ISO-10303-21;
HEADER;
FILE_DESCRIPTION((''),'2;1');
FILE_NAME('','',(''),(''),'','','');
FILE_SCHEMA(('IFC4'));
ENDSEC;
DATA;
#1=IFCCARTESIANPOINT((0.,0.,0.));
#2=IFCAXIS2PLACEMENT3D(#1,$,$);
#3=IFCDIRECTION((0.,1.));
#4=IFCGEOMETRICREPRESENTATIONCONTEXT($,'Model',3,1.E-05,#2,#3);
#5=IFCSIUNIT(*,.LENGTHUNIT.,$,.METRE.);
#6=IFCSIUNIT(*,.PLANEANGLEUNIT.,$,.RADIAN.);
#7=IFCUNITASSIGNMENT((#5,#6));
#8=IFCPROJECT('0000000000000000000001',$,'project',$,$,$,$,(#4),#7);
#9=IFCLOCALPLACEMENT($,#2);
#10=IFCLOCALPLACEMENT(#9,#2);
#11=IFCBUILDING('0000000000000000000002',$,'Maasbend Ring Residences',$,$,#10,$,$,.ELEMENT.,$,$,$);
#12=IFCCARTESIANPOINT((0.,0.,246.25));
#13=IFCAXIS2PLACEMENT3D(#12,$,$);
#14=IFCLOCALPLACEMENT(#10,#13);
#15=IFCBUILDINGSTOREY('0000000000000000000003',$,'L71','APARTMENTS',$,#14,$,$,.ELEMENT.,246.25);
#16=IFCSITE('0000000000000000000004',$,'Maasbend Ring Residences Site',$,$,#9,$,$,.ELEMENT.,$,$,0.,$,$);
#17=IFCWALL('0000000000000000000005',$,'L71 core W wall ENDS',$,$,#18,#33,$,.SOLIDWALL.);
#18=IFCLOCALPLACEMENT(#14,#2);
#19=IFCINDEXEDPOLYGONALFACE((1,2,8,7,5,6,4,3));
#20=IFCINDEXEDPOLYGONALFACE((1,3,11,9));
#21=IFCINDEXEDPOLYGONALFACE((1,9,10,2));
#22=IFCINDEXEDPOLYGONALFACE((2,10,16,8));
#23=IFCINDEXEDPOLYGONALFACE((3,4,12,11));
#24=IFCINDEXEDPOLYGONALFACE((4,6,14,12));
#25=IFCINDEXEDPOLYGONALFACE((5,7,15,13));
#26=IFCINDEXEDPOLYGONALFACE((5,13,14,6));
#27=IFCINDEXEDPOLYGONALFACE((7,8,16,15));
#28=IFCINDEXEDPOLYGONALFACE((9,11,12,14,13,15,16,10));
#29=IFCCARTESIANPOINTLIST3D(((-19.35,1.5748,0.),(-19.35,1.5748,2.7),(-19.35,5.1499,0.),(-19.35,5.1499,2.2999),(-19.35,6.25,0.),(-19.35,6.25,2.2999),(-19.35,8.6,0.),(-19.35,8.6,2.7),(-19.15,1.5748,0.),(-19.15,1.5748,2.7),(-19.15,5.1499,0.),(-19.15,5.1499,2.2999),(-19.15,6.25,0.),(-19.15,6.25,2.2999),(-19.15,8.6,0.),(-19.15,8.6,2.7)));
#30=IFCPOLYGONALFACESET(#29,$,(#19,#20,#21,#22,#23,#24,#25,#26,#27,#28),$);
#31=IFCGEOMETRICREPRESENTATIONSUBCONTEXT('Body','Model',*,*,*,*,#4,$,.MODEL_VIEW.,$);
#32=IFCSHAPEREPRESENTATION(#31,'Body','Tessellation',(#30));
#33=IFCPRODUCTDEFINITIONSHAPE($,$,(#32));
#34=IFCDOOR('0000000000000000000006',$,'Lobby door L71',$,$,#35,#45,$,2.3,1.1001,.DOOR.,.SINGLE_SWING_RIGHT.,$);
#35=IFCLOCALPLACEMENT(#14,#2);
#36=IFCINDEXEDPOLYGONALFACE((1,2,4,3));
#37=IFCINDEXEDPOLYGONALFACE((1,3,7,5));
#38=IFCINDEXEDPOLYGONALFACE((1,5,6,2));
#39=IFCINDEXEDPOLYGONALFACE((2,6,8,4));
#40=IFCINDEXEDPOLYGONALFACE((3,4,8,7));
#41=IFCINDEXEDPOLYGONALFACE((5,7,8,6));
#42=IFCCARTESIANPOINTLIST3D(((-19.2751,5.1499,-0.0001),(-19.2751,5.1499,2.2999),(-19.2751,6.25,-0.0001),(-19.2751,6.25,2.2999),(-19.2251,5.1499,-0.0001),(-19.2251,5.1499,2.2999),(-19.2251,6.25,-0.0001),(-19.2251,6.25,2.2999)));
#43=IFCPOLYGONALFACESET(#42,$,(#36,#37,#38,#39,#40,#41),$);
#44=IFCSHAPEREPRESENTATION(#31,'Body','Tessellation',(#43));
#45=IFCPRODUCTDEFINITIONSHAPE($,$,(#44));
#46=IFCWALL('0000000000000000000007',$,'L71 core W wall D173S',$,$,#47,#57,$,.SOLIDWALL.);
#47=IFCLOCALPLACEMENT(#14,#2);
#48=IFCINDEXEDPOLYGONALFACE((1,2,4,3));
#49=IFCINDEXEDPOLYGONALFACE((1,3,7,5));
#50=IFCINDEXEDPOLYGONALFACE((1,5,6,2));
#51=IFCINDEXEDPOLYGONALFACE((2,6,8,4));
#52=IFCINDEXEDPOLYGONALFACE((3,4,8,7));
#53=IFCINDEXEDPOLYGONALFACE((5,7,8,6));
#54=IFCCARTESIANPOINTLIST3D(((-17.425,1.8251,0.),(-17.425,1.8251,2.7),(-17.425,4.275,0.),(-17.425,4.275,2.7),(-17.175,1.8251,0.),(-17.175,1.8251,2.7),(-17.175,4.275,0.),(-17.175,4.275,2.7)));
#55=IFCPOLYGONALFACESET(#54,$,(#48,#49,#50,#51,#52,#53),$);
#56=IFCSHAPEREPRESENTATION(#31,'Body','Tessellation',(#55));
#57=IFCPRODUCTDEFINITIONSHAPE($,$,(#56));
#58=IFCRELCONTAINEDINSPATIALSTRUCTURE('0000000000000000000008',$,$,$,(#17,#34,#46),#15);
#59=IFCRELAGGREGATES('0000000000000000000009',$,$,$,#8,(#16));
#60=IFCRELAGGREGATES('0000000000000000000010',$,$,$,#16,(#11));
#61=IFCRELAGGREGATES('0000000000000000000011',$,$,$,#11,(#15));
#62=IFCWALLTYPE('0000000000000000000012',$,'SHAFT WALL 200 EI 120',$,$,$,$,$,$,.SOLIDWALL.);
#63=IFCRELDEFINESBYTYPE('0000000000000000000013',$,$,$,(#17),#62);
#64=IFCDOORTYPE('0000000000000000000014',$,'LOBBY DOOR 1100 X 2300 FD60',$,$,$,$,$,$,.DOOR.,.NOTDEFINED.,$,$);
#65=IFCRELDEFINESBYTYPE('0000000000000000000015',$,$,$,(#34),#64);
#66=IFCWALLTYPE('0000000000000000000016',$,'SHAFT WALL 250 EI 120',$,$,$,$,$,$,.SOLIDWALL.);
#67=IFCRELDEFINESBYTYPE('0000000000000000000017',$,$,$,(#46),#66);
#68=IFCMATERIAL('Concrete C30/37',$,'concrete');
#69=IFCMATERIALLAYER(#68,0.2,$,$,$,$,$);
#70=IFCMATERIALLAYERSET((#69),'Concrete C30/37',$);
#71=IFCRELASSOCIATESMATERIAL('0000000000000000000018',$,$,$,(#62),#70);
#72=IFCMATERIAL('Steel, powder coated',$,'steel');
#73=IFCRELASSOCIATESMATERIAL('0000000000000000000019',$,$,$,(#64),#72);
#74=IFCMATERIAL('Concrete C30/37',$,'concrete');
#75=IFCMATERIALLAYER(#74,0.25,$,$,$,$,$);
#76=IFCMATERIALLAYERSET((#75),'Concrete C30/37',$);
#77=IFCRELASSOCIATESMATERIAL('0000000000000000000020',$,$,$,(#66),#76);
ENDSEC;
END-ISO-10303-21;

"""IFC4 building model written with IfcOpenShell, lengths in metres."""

from ifc_helpers import new_model, si_unit, direction, frame, frame_2d, origin, place, context, subcontext, project, spatial, rectangle, extrude, material, layer, layer_set, type_object, element, fill, save


model = new_model("IFC4")

# Units and contexts
model_context = context("Model", 3, precision=1e-05, world=origin(), true_north=direction((0.0, 1.0)))
body_context = subcontext(model_context, "Body", "Model", "MODEL_VIEW")
ifc_project = project(units=[si_unit("LENGTHUNIT", "METRE"), si_unit("PLANEANGLEUNIT", "RADIAN")], contexts=[model_context])

# Site, building, storey
site_placement = place(None, origin())
site = spatial("IfcSite", under=ifc_project, at=site_placement, Name="Maasbend Ring Residences Site", CompositionType="ELEMENT", RefElevation=0.0)
building_placement = place(site_placement, origin())
building = spatial("IfcBuilding", under=site, at=building_placement, Name="Maasbend Ring Residences", CompositionType="ELEMENT")
storey_placement = place(building_placement, frame((0.0, 0.0, 246.25)))
storey = spatial("IfcBuildingStorey", under=building, at=storey_placement, Name="L71", Description="APARTMENTS", CompositionType="ELEMENT", Elevation=246.25)

# Wall, opening, door
ifc_material_1 = material(Name="Concrete C30/37", Category="concrete")
ifc_layer_1 = layer(ifc_material_1, 0.2)
ifc_layer_set_1 = layer_set([ifc_layer_1], Name="Concrete C30/37")
wall_type_1 = type_object("IfcWallType", Name="SHAFT WALL 200 EI 120", PredefinedType="SOLIDWALL", material=ifc_layer_set_1)
wall_1_placement = place(storey_placement, frame((-19.25, 8.6001, 0.0), z_axis=(0.0, 0.0, 1.0), x_axis=(0.0, -1.0, 0.0)))
wall_1 = element("IfcWall", 1, at=wall_1_placement, inside=storey, type_object=wall_type_1, Name="L71 core W wall ENDS", PredefinedType="SOLIDWALL", context=body_context, shape_type="SweptSolid", body=[
    extrude(rectangle(XDim=7.0251, YDim=0.2, at=frame_2d((3.5127, 0.0))), origin(), (0.0, 0.0, 1.0), 2.7),
])
opening_1_placement = place(wall_1_placement, frame((2.3501, 0.0, 0.0)))
opening_1 = element("IfcOpeningElement", 2, at=opening_1_placement, cuts=wall_1, PredefinedType="OPENING", context=body_context, shape_type="SweptSolid", body=[
    extrude(rectangle(XDim=1.1001, YDim=2.3, at=frame_2d((0.55, 1.1499))), frame((0.0, 0.1099, 0.0), z_axis=(0.0, -1.0, 0.0), x_axis=(1.0, 0.0, 0.0)), (0.0, 0.0, 1.0), 0.22),
])
ifc_material_2 = material(Name="Steel, powder coated", Category="steel")
door_type_1 = type_object("IfcDoorType", Name="LOBBY DOOR 1100 X 2300 FD60", OperationType="NOTDEFINED", PredefinedType="DOOR", material=ifc_material_2)
door_1_placement = place(opening_1_placement, origin())
door_1 = element("IfcDoor", 3, at=door_1_placement, inside=storey, type_object=door_type_1, Name="Lobby door L71", OperationType="SINGLE_SWING_RIGHT", OverallHeight=2.3, OverallWidth=1.1001, PredefinedType="DOOR", context=body_context, shape_type="SweptSolid", body=[
    extrude(rectangle(XDim=1.1001, YDim=2.3, at=frame_2d((0.55, 1.1499))), frame((0.0, 0.0249, 0.0), z_axis=(0.0, -1.0, 0.0), x_axis=(1.0, 0.0, 0.0)), (0.0, 0.0, 1.0), 0.05),
])
fill(opening_1, door_1)

# Wall
ifc_material_3 = material(Name="Concrete C30/37", Category="concrete")
ifc_layer_2 = layer(ifc_material_3, 0.25)
ifc_layer_set_2 = layer_set([ifc_layer_2], Name="Concrete C30/37")
wall_type_2 = type_object("IfcWallType", Name="SHAFT WALL 250 EI 120", PredefinedType="SOLIDWALL", material=ifc_layer_set_2)
wall_2_placement = place(storey_placement, frame((-17.3, 1.825, 0.0), z_axis=(0.0, 0.0, 1.0), x_axis=(0.0, 1.0, 0.0)))
element("IfcWall", 4, at=wall_2_placement, inside=storey, type_object=wall_type_2, Name="L71 core W wall D173S", PredefinedType="SOLIDWALL", context=body_context, shape_type="SweptSolid", body=[
    extrude(rectangle(XDim=2.45, YDim=0.25, at=frame_2d((1.2251, 0.0))), origin(), (0.0, 0.0, 1.0), 2.7),
])

save(model, "model.ifc")
